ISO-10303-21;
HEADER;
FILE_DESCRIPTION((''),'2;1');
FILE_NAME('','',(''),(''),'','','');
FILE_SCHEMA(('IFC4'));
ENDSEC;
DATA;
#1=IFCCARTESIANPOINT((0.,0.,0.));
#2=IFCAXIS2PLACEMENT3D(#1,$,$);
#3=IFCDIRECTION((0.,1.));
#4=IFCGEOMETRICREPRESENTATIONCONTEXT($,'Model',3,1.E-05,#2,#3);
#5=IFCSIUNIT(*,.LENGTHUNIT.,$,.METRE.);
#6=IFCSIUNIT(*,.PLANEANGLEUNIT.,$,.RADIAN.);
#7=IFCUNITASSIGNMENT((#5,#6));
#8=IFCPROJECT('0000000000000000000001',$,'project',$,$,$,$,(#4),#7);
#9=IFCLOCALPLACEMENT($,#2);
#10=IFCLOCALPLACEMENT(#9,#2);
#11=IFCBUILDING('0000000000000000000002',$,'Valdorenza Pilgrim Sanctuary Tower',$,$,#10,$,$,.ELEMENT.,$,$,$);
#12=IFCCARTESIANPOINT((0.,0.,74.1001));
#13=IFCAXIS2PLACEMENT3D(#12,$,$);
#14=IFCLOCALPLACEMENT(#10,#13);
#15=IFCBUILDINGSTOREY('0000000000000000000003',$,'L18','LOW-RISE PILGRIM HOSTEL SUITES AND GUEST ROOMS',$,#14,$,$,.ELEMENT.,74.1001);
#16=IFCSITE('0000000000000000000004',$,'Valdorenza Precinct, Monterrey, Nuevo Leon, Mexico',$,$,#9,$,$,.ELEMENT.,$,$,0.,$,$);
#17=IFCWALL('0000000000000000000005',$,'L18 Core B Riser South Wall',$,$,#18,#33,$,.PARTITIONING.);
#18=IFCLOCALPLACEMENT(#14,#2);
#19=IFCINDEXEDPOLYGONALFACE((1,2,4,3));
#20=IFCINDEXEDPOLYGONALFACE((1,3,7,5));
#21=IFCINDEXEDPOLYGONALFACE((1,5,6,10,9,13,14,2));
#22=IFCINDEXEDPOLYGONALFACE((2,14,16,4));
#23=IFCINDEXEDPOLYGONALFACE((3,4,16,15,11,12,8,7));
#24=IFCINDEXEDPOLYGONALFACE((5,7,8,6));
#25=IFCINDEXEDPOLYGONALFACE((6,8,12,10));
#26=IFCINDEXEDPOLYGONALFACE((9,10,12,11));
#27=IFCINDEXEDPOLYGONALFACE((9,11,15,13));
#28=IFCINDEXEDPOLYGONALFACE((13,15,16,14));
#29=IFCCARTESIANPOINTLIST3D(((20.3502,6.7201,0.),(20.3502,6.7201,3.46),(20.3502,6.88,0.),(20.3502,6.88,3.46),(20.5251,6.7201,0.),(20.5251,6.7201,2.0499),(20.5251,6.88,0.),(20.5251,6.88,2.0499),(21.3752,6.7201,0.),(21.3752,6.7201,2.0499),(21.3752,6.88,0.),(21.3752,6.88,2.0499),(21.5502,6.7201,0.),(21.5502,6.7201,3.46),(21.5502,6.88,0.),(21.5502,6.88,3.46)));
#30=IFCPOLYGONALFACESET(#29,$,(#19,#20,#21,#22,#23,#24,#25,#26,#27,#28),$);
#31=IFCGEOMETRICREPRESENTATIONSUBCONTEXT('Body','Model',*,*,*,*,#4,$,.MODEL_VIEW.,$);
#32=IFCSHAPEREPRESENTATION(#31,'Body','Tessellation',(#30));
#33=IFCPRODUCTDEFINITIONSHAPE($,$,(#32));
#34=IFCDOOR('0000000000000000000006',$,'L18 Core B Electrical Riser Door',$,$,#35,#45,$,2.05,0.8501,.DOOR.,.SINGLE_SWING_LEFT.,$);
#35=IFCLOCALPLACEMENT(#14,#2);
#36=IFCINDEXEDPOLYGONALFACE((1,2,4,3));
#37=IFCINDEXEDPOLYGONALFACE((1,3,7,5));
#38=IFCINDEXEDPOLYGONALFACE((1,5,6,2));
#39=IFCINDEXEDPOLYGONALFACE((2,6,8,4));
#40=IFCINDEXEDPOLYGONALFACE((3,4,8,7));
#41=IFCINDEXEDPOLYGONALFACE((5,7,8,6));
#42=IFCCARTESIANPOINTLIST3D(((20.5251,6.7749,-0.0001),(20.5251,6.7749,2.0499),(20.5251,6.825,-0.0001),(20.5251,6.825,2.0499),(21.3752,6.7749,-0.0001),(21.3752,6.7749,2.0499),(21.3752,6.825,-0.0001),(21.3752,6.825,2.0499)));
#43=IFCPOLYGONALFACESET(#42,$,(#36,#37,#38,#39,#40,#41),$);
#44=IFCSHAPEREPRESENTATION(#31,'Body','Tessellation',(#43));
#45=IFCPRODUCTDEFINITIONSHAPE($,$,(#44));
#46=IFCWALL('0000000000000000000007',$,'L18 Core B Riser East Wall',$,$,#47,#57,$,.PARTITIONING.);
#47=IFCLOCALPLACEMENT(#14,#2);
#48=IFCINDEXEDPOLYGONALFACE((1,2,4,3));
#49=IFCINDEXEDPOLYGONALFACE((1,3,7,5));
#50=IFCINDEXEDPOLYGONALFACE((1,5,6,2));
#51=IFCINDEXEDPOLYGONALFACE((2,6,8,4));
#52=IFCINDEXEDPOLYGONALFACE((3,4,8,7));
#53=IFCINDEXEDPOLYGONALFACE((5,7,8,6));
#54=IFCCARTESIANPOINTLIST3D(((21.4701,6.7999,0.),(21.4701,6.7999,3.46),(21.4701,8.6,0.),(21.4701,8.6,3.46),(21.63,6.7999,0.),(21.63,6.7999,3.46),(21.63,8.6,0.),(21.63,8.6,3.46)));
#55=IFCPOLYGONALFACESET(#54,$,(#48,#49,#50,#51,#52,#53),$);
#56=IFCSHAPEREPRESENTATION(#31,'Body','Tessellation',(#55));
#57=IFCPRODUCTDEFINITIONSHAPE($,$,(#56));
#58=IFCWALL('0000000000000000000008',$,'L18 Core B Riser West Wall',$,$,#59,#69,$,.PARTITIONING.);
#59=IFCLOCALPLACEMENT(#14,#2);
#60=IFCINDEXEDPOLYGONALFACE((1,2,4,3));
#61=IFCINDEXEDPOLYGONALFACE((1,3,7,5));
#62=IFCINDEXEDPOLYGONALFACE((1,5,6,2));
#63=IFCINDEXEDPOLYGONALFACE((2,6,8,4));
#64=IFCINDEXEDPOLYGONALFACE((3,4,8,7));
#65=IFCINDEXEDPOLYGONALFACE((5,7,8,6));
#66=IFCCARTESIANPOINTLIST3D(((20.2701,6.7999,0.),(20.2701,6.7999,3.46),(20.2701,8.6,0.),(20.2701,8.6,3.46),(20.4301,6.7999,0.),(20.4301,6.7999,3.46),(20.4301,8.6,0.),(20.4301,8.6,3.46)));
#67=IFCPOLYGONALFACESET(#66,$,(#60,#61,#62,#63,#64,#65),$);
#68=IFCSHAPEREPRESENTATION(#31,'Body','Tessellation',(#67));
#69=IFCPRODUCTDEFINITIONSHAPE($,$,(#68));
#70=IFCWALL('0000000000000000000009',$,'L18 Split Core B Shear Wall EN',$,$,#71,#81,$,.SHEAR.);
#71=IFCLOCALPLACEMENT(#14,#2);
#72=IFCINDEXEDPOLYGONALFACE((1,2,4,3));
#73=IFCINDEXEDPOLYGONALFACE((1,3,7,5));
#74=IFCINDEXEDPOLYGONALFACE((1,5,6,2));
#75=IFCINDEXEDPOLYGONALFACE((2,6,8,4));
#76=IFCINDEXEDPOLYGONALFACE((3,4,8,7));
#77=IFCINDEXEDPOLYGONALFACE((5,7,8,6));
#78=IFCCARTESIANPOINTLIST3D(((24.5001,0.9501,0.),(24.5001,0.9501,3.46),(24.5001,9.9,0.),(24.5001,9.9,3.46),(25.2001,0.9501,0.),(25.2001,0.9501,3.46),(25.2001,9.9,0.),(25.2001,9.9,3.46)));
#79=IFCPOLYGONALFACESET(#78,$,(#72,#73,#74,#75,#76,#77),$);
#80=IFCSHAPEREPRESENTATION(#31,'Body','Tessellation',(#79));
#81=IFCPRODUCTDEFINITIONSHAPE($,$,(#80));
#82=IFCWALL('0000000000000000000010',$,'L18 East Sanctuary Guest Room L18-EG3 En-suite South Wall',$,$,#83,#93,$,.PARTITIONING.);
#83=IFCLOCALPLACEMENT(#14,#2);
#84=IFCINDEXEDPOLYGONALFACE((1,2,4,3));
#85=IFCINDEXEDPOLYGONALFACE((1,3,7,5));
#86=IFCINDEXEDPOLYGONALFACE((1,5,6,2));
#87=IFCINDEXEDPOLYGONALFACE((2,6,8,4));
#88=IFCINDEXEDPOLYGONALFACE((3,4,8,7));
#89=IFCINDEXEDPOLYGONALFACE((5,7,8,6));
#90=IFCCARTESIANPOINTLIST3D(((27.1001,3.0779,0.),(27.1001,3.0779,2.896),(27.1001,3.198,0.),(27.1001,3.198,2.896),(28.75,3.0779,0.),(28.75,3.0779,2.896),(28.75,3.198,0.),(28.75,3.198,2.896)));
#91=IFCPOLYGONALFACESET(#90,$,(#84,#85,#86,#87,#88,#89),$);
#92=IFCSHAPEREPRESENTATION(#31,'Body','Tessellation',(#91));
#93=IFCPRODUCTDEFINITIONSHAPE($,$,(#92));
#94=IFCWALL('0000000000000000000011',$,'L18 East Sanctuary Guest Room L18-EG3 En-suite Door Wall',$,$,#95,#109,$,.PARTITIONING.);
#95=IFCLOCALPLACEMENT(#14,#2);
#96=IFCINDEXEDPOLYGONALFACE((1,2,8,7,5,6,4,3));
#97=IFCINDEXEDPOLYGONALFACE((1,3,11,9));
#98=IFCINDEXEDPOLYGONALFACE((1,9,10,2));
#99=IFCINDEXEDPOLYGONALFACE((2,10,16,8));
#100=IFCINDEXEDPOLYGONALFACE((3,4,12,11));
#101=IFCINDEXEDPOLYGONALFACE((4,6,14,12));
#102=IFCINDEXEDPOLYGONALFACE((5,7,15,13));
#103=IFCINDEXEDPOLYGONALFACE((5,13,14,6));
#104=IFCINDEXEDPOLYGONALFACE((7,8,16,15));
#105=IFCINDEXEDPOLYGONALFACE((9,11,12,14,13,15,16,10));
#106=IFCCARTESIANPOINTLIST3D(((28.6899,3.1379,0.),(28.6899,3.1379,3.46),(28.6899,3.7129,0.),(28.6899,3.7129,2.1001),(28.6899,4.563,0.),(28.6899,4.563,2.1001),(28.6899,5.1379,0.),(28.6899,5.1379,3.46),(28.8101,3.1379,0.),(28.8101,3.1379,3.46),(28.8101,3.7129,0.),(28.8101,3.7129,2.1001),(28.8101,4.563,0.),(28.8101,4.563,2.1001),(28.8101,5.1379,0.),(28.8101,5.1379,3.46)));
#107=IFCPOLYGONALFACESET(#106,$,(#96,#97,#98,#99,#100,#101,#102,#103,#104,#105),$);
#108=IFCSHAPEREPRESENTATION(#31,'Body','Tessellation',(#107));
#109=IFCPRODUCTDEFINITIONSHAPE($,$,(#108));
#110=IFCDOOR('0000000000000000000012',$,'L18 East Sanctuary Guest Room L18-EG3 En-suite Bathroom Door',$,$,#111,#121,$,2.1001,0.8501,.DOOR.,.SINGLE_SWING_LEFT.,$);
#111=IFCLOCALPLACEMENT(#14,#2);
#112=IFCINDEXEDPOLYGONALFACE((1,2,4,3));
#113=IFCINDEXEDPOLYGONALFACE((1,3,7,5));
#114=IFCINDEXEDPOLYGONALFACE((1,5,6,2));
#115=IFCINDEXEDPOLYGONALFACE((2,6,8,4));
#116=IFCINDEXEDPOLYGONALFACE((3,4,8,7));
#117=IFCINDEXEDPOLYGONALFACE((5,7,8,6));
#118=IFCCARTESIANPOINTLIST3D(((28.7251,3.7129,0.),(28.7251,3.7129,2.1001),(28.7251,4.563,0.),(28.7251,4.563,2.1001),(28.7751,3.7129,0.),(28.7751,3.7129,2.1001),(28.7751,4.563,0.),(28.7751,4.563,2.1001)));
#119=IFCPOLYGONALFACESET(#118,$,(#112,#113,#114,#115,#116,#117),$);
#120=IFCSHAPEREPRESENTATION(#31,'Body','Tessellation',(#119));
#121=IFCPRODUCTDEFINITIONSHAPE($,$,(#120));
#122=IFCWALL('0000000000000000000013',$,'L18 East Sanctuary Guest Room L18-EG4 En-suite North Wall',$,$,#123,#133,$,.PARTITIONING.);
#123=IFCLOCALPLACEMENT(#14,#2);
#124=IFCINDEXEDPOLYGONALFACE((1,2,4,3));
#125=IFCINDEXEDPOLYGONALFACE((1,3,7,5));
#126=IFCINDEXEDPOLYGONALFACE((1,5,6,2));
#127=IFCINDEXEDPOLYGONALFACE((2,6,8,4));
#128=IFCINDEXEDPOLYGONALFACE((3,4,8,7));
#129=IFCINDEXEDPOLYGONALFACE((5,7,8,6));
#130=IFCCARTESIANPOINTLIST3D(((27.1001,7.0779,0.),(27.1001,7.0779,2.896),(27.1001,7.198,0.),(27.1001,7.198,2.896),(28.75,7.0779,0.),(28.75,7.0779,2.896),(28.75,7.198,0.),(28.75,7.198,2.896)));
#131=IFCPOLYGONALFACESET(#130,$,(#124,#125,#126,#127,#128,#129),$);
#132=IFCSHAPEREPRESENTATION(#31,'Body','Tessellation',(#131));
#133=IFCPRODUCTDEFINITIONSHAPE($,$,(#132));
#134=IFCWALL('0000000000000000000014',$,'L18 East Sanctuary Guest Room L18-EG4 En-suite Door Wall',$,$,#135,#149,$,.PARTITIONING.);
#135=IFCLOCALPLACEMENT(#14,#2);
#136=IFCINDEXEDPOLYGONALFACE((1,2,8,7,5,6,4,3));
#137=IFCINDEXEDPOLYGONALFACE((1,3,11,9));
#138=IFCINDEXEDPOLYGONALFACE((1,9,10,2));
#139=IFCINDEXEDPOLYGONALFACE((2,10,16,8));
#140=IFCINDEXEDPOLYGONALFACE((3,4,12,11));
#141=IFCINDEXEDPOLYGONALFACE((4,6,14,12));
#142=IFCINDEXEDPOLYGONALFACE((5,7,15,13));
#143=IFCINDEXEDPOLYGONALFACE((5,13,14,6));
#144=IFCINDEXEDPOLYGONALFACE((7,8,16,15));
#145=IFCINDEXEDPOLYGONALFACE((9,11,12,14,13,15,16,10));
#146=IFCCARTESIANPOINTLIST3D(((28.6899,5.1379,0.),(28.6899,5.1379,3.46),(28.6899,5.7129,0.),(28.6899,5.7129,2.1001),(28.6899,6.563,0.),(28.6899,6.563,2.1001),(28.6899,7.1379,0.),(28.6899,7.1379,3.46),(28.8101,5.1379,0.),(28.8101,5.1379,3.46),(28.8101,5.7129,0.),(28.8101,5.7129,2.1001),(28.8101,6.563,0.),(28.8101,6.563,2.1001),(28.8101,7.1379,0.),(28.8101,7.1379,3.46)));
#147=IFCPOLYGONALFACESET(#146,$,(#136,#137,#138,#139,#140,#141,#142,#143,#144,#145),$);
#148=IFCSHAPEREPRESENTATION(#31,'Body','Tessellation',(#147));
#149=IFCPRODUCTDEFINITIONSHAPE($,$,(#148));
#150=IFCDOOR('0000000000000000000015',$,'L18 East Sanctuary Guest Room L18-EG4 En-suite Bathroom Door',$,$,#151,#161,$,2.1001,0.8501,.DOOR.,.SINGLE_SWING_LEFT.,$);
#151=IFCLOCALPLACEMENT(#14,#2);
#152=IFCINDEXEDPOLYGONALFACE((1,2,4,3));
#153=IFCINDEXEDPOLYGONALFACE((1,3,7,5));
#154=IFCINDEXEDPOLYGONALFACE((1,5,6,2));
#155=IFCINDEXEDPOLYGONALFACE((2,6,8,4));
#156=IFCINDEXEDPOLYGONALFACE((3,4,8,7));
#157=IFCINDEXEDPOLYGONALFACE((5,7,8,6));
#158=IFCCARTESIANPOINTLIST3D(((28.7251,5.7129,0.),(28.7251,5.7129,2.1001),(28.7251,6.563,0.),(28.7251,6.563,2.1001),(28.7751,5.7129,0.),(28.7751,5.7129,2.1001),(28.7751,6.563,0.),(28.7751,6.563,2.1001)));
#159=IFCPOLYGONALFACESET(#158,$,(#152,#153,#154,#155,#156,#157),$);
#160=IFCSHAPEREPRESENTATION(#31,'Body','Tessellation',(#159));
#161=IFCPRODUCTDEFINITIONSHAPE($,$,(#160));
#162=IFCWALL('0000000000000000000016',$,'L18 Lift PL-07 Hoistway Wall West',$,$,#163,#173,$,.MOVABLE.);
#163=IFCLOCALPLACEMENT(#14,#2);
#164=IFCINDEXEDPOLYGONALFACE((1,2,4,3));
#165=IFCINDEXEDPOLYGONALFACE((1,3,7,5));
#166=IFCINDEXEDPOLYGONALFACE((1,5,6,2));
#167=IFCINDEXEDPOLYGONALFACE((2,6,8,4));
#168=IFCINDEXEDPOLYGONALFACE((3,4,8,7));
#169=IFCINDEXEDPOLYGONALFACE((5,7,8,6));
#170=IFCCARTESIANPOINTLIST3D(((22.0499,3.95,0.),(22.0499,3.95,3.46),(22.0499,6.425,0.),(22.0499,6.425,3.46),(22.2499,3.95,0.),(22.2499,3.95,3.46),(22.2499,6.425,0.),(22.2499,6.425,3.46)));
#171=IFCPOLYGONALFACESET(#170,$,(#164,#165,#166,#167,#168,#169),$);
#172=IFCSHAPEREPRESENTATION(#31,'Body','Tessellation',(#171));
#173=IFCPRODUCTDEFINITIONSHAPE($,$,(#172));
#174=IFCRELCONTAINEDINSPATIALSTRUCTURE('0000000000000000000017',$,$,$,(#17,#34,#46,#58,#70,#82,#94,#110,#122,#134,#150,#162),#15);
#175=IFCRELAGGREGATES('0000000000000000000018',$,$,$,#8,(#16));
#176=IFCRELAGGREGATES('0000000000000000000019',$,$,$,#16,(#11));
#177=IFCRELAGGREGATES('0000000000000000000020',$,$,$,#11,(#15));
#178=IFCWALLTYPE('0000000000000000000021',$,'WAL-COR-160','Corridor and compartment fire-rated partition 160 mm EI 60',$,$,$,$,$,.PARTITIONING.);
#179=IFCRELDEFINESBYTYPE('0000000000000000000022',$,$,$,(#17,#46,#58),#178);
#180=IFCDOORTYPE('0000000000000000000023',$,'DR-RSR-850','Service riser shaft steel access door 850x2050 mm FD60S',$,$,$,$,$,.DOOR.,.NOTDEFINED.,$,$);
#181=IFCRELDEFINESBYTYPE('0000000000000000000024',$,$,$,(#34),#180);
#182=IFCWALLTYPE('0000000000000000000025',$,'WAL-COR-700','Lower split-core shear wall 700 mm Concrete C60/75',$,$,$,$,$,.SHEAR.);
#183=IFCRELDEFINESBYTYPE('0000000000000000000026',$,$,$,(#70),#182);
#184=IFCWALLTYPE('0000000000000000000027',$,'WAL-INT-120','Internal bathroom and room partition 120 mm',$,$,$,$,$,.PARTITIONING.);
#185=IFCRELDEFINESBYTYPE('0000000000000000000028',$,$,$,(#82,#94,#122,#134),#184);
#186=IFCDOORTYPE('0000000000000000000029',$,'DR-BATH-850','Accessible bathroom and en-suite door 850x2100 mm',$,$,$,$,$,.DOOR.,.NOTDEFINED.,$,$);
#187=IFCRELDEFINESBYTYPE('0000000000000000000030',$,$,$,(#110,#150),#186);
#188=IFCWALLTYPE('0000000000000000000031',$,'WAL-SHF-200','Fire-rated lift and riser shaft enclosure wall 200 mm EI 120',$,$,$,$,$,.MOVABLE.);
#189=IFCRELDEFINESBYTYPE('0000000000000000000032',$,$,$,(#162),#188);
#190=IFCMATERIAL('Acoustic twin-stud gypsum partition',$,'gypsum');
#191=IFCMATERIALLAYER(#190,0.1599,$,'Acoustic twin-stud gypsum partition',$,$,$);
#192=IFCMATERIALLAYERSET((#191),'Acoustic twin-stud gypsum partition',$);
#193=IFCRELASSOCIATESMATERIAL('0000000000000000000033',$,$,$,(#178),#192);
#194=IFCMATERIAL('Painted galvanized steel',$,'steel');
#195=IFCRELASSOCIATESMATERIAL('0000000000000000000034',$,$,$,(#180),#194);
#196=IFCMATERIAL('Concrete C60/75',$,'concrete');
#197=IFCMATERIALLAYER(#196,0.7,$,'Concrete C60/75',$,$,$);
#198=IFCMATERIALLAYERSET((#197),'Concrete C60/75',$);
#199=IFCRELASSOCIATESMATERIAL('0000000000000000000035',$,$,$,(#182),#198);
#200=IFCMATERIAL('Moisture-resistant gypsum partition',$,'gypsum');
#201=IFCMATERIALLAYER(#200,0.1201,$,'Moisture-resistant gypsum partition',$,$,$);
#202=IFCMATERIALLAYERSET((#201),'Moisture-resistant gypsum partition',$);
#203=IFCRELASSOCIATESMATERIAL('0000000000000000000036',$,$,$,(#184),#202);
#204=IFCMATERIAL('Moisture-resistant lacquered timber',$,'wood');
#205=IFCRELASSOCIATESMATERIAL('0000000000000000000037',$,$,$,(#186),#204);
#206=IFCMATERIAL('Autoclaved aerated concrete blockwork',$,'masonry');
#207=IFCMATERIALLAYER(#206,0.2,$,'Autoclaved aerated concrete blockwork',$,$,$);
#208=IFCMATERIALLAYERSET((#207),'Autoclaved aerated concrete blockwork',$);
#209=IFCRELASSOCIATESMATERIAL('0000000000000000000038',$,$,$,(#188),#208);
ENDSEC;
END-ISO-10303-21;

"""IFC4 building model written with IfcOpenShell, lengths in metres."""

from ifc_helpers import new_model, si_unit, direction, frame, frame_2d, origin, place, context, subcontext, project, spatial, rectangle, extrude, material, layer, layer_set, type_object, element, fill, save


model = new_model("IFC4")

# Units and contexts
model_context = context("Model", 3, precision=1e-05, world=origin(), true_north=direction((0.0, 1.0)))
body_context = subcontext(model_context, "Body", "Model", "MODEL_VIEW")
ifc_project = project(units=[si_unit("LENGTHUNIT", "METRE"), si_unit("PLANEANGLEUNIT", "RADIAN")], contexts=[model_context])

# Site, building, storey
site_placement = place(None, origin())
site = spatial("IfcSite", under=ifc_project, at=site_placement, Name="Valdorenza Precinct, Monterrey, Nuevo Leon, Mexico", CompositionType="ELEMENT", RefElevation=0.0)
building_placement = place(site_placement, origin())
building = spatial("IfcBuilding", under=site, at=building_placement, Name="Valdorenza Pilgrim Sanctuary Tower", CompositionType="ELEMENT")
storey_placement = place(building_placement, frame((0.0, 0.0, 74.1001)))
storey = spatial("IfcBuildingStorey", under=building, at=storey_placement, Name="L18", Description="LOW-RISE PILGRIM HOSTEL SUITES AND GUEST ROOMS", CompositionType="ELEMENT", Elevation=74.1001)

# Wall, opening, door
ifc_material_1 = material(Name="Acoustic twin-stud gypsum partition", Category="gypsum")
ifc_layer_1 = layer(ifc_material_1, 0.1599, Name="Acoustic twin-stud gypsum partition")
ifc_layer_set_1 = layer_set([ifc_layer_1], Name="Acoustic twin-stud gypsum partition")
wall_type_1 = type_object("IfcWallType", Name="WAL-COR-160", Description="Corridor and compartment fire-rated partition 160 mm EI 60", PredefinedType="PARTITIONING", material=ifc_layer_set_1)
wall_1_placement = place(storey_placement, frame((20.3501, 6.8, 0.0), z_axis=(0.0, 0.0, 1.0), x_axis=(1.0, 0.0, 0.0)))
wall_1 = element("IfcWall", 1, at=wall_1_placement, inside=storey, type_object=wall_type_1, Name="L18 Core B Riser South Wall", PredefinedType="PARTITIONING", context=body_context, shape_type="SweptSolid", body=[
    extrude(rectangle(XDim=1.2, YDim=0.1599, at=frame_2d((0.6001, 0.0))), origin(), (0.0, 0.0, 1.0), 3.46),
])
opening_1_placement = place(wall_1_placement, frame((0.175, 0.0, 0.0)))
opening_1 = element("IfcOpeningElement", 2, at=opening_1_placement, cuts=wall_1, PredefinedType="OPENING", context=body_context, shape_type="SweptSolid", body=[
    extrude(rectangle(XDim=0.8501, YDim=2.05, at=frame_2d((0.425, 1.0249))), frame((0.0, 0.0947, 0.0), z_axis=(0.0, -1.0, 0.0), x_axis=(1.0, 0.0, 0.0)), (0.0, 0.0, 1.0), 0.1897),
])
ifc_material_2 = material(Name="Painted galvanized steel", Category="steel")
door_type_1 = type_object("IfcDoorType", Name="DR-RSR-850", Description="Service riser shaft steel access door 850x2050 mm FD60S", OperationType="NOTDEFINED", PredefinedType="DOOR", material=ifc_material_2)
door_1_placement = place(opening_1_placement, origin())
door_1 = element("IfcDoor", 3, at=door_1_placement, inside=storey, type_object=door_type_1, Name="L18 Core B Electrical Riser Door", OperationType="SINGLE_SWING_LEFT", OverallHeight=2.05, OverallWidth=0.8501, PredefinedType="DOOR", context=body_context, shape_type="SweptSolid", body=[
    extrude(rectangle(XDim=0.8501, YDim=2.05, at=frame_2d((0.425, 1.0249))), frame((0.0, 0.0249, 0.0), z_axis=(0.0, -1.0, 0.0), x_axis=(1.0, 0.0, 0.0)), (0.0, 0.0, 1.0), 0.05),
])
fill(opening_1, door_1)

# Walls
for number, where, z_axis, x_axis, name in (
    (4, (21.55, 6.8, 0.0), (0.0, 0.0, 1.0), (0.0, 1.0, 0.0), "L18 Core B Riser East Wall"),
    (5, (20.3501, 6.8, 0.0), (0.0, 0.0, 1.0), (0.0, 1.0, 0.0), "L18 Core B Riser West Wall"),
):
    element("IfcWall", number, at=place(storey_placement, frame(where, z_axis=z_axis, x_axis=x_axis)), inside=storey, type_object=wall_type_1, Name=name, PredefinedType="PARTITIONING", context=body_context, shape_type="SweptSolid", body=[
        extrude(rectangle(XDim=1.8, YDim=0.1599, at=frame_2d((0.8999, 0.0))), origin(), (0.0, 0.0, 1.0), 3.46),
    ])
ifc_material_3 = material(Name="Concrete C60/75", Category="concrete")
ifc_layer_2 = layer(ifc_material_3, 0.7, Name="Concrete C60/75")
ifc_layer_set_2 = layer_set([ifc_layer_2], Name="Concrete C60/75")
wall_type_2 = type_object("IfcWallType", Name="WAL-COR-700", Description="Lower split-core shear wall 700 mm Concrete C60/75", PredefinedType="SHEAR", material=ifc_layer_set_2)
wall_2_placement = place(storey_placement, frame((24.8501, 0.95, 0.0), z_axis=(0.0, 0.0, 1.0), x_axis=(0.0, 1.0, 0.0)))
element("IfcWall", 6, at=wall_2_placement, inside=storey, type_object=wall_type_2, Name="L18 Split Core B Shear Wall EN", PredefinedType="SHEAR", context=body_context, shape_type="SweptSolid", body=[
    extrude(rectangle(XDim=8.95, YDim=0.7, at=frame_2d((4.4751, 0.0))), origin(), (0.0, 0.0, 1.0), 3.46),
])

# Wall
ifc_material_4 = material(Name="Moisture-resistant gypsum partition", Category="gypsum")
ifc_layer_3 = layer(ifc_material_4, 0.1201, Name="Moisture-resistant gypsum partition")
ifc_layer_set_3 = layer_set([ifc_layer_3], Name="Moisture-resistant gypsum partition")
wall_type_3 = type_object("IfcWallType", Name="WAL-INT-120", Description="Internal bathroom and room partition 120 mm", PredefinedType="PARTITIONING", material=ifc_layer_set_3)
wall_3_placement = place(storey_placement, frame((27.1001, 3.1379, 0.0), z_axis=(0.0, 0.0, 1.0), x_axis=(1.0, 0.0, 0.0)))
element("IfcWall", 7, at=wall_3_placement, inside=storey, type_object=wall_type_3, Name="L18 East Sanctuary Guest Room L18-EG3 En-suite South Wall", PredefinedType="PARTITIONING", context=body_context, shape_type="SweptSolid", body=[
    extrude(rectangle(XDim=1.6499, YDim=0.1201, at=frame_2d((0.825, 0.0))), origin(), (0.0, 0.0, 1.0), 2.896),
])

# Wall, opening, door
wall_4_placement = place(storey_placement, frame((28.75, 3.1379, 0.0), z_axis=(0.0, 0.0, 1.0), x_axis=(0.0, 1.0, 0.0)))
wall_4 = element("IfcWall", 8, at=wall_4_placement, inside=storey, type_object=wall_type_3, Name="L18 East Sanctuary Guest Room L18-EG3 En-suite Door Wall", PredefinedType="PARTITIONING", context=body_context, shape_type="SweptSolid", body=[
    extrude(rectangle(XDim=2.0, YDim=0.1201, at=frame_2d((1.0, 0.0))), origin(), (0.0, 0.0, 1.0), 3.46),
])
opening_2_placement = place(wall_4_placement, frame((0.575, 0.0, 0.0)))
opening_2 = element("IfcOpeningElement", 9, at=opening_2_placement, cuts=wall_4, PredefinedType="OPENING", context=body_context, shape_type="SweptSolid", body=[
    extrude(rectangle(XDim=0.8501, YDim=2.1001, at=frame_2d((0.425, 1.05))), frame((0.0, 0.075, 0.0), z_axis=(0.0, -1.0, 0.0), x_axis=(1.0, 0.0, 0.0)), (0.0, 0.0, 1.0), 0.1499),
])
ifc_material_5 = material(Name="Moisture-resistant lacquered timber", Category="wood")
door_type_2 = type_object("IfcDoorType", Name="DR-BATH-850", Description="Accessible bathroom and en-suite door 850x2100 mm", OperationType="NOTDEFINED", PredefinedType="DOOR", material=ifc_material_5)
door_2_placement = place(opening_2_placement, origin())
door_2 = element("IfcDoor", 10, at=door_2_placement, inside=storey, type_object=door_type_2, Name="L18 East Sanctuary Guest Room L18-EG3 En-suite Bathroom Door", OperationType="SINGLE_SWING_LEFT", OverallHeight=2.1001, OverallWidth=0.8501, PredefinedType="DOOR", context=body_context, shape_type="SweptSolid", body=[
    extrude(rectangle(XDim=0.8501, YDim=2.1001, at=frame_2d((0.425, 1.05))), frame((0.0, 0.0249, 0.0), z_axis=(0.0, -1.0, 0.0), x_axis=(1.0, 0.0, 0.0)), (0.0, 0.0, 1.0), 0.05),
])
fill(opening_2, door_2)

# Wall
wall_5_placement = place(storey_placement, frame((27.1001, 7.1379, 0.0), z_axis=(0.0, 0.0, 1.0), x_axis=(1.0, 0.0, 0.0)))
element("IfcWall", 11, at=wall_5_placement, inside=storey, type_object=wall_type_3, Name="L18 East Sanctuary Guest Room L18-EG4 En-suite North Wall", PredefinedType="PARTITIONING", context=body_context, shape_type="SweptSolid", body=[
    extrude(rectangle(XDim=1.6499, YDim=0.1201, at=frame_2d((0.825, 0.0))), origin(), (0.0, 0.0, 1.0), 2.896),
])

# Wall, opening, door
wall_6_placement = place(storey_placement, frame((28.75, 5.1379, 0.0), z_axis=(0.0, 0.0, 1.0), x_axis=(0.0, 1.0, 0.0)))
wall_6 = element("IfcWall", 12, at=wall_6_placement, inside=storey, type_object=wall_type_3, Name="L18 East Sanctuary Guest Room L18-EG4 En-suite Door Wall", PredefinedType="PARTITIONING", context=body_context, shape_type="SweptSolid", body=[
    extrude(rectangle(XDim=2.0, YDim=0.1201, at=frame_2d((1.0, 0.0))), origin(), (0.0, 0.0, 1.0), 3.46),
])
opening_3_placement = place(wall_6_placement, frame((0.575, 0.0, 0.0)))
opening_3 = element("IfcOpeningElement", 13, at=opening_3_placement, cuts=wall_6, PredefinedType="OPENING", context=body_context, shape_type="SweptSolid", body=[
    extrude(rectangle(XDim=0.8501, YDim=2.1001, at=frame_2d((0.425, 1.05))), frame((0.0, 0.075, 0.0), z_axis=(0.0, -1.0, 0.0), x_axis=(1.0, 0.0, 0.0)), (0.0, 0.0, 1.0), 0.1499),
])
door_3_placement = place(opening_3_placement, origin())
door_3 = element("IfcDoor", 14, at=door_3_placement, inside=storey, type_object=door_type_2, Name="L18 East Sanctuary Guest Room L18-EG4 En-suite Bathroom Door", OperationType="SINGLE_SWING_LEFT", OverallHeight=2.1001, OverallWidth=0.8501, PredefinedType="DOOR", context=body_context, shape_type="SweptSolid", body=[
    extrude(rectangle(XDim=0.8501, YDim=2.1001, at=frame_2d((0.425, 1.05))), frame((0.0, 0.0249, 0.0), z_axis=(0.0, -1.0, 0.0), x_axis=(1.0, 0.0, 0.0)), (0.0, 0.0, 1.0), 0.05),
])
fill(opening_3, door_3)

# Wall
ifc_material_6 = material(Name="Autoclaved aerated concrete blockwork", Category="masonry")
ifc_layer_4 = layer(ifc_material_6, 0.2, Name="Autoclaved aerated concrete blockwork")
ifc_layer_set_4 = layer_set([ifc_layer_4], Name="Autoclaved aerated concrete blockwork")
wall_type_4 = type_object("IfcWallType", Name="WAL-SHF-200", Description="Fire-rated lift and riser shaft enclosure wall 200 mm EI 120", PredefinedType="MOVABLE", material=ifc_layer_set_4)
wall_7_placement = place(storey_placement, frame((22.1499, 3.95, 0.0), z_axis=(0.0, 0.0, 1.0), x_axis=(0.0, 1.0, 0.0)))
element("IfcWall", 15, at=wall_7_placement, inside=storey, type_object=wall_type_4, Name="L18 Lift PL-07 Hoistway Wall West", PredefinedType="MOVABLE", context=body_context, shape_type="SweptSolid", body=[
    extrude(rectangle(XDim=2.4751, YDim=0.2, at=frame_2d((1.2375, 0.0))), origin(), (0.0, 0.0, 1.0), 3.46),
])

save(model, "model.ifc")
